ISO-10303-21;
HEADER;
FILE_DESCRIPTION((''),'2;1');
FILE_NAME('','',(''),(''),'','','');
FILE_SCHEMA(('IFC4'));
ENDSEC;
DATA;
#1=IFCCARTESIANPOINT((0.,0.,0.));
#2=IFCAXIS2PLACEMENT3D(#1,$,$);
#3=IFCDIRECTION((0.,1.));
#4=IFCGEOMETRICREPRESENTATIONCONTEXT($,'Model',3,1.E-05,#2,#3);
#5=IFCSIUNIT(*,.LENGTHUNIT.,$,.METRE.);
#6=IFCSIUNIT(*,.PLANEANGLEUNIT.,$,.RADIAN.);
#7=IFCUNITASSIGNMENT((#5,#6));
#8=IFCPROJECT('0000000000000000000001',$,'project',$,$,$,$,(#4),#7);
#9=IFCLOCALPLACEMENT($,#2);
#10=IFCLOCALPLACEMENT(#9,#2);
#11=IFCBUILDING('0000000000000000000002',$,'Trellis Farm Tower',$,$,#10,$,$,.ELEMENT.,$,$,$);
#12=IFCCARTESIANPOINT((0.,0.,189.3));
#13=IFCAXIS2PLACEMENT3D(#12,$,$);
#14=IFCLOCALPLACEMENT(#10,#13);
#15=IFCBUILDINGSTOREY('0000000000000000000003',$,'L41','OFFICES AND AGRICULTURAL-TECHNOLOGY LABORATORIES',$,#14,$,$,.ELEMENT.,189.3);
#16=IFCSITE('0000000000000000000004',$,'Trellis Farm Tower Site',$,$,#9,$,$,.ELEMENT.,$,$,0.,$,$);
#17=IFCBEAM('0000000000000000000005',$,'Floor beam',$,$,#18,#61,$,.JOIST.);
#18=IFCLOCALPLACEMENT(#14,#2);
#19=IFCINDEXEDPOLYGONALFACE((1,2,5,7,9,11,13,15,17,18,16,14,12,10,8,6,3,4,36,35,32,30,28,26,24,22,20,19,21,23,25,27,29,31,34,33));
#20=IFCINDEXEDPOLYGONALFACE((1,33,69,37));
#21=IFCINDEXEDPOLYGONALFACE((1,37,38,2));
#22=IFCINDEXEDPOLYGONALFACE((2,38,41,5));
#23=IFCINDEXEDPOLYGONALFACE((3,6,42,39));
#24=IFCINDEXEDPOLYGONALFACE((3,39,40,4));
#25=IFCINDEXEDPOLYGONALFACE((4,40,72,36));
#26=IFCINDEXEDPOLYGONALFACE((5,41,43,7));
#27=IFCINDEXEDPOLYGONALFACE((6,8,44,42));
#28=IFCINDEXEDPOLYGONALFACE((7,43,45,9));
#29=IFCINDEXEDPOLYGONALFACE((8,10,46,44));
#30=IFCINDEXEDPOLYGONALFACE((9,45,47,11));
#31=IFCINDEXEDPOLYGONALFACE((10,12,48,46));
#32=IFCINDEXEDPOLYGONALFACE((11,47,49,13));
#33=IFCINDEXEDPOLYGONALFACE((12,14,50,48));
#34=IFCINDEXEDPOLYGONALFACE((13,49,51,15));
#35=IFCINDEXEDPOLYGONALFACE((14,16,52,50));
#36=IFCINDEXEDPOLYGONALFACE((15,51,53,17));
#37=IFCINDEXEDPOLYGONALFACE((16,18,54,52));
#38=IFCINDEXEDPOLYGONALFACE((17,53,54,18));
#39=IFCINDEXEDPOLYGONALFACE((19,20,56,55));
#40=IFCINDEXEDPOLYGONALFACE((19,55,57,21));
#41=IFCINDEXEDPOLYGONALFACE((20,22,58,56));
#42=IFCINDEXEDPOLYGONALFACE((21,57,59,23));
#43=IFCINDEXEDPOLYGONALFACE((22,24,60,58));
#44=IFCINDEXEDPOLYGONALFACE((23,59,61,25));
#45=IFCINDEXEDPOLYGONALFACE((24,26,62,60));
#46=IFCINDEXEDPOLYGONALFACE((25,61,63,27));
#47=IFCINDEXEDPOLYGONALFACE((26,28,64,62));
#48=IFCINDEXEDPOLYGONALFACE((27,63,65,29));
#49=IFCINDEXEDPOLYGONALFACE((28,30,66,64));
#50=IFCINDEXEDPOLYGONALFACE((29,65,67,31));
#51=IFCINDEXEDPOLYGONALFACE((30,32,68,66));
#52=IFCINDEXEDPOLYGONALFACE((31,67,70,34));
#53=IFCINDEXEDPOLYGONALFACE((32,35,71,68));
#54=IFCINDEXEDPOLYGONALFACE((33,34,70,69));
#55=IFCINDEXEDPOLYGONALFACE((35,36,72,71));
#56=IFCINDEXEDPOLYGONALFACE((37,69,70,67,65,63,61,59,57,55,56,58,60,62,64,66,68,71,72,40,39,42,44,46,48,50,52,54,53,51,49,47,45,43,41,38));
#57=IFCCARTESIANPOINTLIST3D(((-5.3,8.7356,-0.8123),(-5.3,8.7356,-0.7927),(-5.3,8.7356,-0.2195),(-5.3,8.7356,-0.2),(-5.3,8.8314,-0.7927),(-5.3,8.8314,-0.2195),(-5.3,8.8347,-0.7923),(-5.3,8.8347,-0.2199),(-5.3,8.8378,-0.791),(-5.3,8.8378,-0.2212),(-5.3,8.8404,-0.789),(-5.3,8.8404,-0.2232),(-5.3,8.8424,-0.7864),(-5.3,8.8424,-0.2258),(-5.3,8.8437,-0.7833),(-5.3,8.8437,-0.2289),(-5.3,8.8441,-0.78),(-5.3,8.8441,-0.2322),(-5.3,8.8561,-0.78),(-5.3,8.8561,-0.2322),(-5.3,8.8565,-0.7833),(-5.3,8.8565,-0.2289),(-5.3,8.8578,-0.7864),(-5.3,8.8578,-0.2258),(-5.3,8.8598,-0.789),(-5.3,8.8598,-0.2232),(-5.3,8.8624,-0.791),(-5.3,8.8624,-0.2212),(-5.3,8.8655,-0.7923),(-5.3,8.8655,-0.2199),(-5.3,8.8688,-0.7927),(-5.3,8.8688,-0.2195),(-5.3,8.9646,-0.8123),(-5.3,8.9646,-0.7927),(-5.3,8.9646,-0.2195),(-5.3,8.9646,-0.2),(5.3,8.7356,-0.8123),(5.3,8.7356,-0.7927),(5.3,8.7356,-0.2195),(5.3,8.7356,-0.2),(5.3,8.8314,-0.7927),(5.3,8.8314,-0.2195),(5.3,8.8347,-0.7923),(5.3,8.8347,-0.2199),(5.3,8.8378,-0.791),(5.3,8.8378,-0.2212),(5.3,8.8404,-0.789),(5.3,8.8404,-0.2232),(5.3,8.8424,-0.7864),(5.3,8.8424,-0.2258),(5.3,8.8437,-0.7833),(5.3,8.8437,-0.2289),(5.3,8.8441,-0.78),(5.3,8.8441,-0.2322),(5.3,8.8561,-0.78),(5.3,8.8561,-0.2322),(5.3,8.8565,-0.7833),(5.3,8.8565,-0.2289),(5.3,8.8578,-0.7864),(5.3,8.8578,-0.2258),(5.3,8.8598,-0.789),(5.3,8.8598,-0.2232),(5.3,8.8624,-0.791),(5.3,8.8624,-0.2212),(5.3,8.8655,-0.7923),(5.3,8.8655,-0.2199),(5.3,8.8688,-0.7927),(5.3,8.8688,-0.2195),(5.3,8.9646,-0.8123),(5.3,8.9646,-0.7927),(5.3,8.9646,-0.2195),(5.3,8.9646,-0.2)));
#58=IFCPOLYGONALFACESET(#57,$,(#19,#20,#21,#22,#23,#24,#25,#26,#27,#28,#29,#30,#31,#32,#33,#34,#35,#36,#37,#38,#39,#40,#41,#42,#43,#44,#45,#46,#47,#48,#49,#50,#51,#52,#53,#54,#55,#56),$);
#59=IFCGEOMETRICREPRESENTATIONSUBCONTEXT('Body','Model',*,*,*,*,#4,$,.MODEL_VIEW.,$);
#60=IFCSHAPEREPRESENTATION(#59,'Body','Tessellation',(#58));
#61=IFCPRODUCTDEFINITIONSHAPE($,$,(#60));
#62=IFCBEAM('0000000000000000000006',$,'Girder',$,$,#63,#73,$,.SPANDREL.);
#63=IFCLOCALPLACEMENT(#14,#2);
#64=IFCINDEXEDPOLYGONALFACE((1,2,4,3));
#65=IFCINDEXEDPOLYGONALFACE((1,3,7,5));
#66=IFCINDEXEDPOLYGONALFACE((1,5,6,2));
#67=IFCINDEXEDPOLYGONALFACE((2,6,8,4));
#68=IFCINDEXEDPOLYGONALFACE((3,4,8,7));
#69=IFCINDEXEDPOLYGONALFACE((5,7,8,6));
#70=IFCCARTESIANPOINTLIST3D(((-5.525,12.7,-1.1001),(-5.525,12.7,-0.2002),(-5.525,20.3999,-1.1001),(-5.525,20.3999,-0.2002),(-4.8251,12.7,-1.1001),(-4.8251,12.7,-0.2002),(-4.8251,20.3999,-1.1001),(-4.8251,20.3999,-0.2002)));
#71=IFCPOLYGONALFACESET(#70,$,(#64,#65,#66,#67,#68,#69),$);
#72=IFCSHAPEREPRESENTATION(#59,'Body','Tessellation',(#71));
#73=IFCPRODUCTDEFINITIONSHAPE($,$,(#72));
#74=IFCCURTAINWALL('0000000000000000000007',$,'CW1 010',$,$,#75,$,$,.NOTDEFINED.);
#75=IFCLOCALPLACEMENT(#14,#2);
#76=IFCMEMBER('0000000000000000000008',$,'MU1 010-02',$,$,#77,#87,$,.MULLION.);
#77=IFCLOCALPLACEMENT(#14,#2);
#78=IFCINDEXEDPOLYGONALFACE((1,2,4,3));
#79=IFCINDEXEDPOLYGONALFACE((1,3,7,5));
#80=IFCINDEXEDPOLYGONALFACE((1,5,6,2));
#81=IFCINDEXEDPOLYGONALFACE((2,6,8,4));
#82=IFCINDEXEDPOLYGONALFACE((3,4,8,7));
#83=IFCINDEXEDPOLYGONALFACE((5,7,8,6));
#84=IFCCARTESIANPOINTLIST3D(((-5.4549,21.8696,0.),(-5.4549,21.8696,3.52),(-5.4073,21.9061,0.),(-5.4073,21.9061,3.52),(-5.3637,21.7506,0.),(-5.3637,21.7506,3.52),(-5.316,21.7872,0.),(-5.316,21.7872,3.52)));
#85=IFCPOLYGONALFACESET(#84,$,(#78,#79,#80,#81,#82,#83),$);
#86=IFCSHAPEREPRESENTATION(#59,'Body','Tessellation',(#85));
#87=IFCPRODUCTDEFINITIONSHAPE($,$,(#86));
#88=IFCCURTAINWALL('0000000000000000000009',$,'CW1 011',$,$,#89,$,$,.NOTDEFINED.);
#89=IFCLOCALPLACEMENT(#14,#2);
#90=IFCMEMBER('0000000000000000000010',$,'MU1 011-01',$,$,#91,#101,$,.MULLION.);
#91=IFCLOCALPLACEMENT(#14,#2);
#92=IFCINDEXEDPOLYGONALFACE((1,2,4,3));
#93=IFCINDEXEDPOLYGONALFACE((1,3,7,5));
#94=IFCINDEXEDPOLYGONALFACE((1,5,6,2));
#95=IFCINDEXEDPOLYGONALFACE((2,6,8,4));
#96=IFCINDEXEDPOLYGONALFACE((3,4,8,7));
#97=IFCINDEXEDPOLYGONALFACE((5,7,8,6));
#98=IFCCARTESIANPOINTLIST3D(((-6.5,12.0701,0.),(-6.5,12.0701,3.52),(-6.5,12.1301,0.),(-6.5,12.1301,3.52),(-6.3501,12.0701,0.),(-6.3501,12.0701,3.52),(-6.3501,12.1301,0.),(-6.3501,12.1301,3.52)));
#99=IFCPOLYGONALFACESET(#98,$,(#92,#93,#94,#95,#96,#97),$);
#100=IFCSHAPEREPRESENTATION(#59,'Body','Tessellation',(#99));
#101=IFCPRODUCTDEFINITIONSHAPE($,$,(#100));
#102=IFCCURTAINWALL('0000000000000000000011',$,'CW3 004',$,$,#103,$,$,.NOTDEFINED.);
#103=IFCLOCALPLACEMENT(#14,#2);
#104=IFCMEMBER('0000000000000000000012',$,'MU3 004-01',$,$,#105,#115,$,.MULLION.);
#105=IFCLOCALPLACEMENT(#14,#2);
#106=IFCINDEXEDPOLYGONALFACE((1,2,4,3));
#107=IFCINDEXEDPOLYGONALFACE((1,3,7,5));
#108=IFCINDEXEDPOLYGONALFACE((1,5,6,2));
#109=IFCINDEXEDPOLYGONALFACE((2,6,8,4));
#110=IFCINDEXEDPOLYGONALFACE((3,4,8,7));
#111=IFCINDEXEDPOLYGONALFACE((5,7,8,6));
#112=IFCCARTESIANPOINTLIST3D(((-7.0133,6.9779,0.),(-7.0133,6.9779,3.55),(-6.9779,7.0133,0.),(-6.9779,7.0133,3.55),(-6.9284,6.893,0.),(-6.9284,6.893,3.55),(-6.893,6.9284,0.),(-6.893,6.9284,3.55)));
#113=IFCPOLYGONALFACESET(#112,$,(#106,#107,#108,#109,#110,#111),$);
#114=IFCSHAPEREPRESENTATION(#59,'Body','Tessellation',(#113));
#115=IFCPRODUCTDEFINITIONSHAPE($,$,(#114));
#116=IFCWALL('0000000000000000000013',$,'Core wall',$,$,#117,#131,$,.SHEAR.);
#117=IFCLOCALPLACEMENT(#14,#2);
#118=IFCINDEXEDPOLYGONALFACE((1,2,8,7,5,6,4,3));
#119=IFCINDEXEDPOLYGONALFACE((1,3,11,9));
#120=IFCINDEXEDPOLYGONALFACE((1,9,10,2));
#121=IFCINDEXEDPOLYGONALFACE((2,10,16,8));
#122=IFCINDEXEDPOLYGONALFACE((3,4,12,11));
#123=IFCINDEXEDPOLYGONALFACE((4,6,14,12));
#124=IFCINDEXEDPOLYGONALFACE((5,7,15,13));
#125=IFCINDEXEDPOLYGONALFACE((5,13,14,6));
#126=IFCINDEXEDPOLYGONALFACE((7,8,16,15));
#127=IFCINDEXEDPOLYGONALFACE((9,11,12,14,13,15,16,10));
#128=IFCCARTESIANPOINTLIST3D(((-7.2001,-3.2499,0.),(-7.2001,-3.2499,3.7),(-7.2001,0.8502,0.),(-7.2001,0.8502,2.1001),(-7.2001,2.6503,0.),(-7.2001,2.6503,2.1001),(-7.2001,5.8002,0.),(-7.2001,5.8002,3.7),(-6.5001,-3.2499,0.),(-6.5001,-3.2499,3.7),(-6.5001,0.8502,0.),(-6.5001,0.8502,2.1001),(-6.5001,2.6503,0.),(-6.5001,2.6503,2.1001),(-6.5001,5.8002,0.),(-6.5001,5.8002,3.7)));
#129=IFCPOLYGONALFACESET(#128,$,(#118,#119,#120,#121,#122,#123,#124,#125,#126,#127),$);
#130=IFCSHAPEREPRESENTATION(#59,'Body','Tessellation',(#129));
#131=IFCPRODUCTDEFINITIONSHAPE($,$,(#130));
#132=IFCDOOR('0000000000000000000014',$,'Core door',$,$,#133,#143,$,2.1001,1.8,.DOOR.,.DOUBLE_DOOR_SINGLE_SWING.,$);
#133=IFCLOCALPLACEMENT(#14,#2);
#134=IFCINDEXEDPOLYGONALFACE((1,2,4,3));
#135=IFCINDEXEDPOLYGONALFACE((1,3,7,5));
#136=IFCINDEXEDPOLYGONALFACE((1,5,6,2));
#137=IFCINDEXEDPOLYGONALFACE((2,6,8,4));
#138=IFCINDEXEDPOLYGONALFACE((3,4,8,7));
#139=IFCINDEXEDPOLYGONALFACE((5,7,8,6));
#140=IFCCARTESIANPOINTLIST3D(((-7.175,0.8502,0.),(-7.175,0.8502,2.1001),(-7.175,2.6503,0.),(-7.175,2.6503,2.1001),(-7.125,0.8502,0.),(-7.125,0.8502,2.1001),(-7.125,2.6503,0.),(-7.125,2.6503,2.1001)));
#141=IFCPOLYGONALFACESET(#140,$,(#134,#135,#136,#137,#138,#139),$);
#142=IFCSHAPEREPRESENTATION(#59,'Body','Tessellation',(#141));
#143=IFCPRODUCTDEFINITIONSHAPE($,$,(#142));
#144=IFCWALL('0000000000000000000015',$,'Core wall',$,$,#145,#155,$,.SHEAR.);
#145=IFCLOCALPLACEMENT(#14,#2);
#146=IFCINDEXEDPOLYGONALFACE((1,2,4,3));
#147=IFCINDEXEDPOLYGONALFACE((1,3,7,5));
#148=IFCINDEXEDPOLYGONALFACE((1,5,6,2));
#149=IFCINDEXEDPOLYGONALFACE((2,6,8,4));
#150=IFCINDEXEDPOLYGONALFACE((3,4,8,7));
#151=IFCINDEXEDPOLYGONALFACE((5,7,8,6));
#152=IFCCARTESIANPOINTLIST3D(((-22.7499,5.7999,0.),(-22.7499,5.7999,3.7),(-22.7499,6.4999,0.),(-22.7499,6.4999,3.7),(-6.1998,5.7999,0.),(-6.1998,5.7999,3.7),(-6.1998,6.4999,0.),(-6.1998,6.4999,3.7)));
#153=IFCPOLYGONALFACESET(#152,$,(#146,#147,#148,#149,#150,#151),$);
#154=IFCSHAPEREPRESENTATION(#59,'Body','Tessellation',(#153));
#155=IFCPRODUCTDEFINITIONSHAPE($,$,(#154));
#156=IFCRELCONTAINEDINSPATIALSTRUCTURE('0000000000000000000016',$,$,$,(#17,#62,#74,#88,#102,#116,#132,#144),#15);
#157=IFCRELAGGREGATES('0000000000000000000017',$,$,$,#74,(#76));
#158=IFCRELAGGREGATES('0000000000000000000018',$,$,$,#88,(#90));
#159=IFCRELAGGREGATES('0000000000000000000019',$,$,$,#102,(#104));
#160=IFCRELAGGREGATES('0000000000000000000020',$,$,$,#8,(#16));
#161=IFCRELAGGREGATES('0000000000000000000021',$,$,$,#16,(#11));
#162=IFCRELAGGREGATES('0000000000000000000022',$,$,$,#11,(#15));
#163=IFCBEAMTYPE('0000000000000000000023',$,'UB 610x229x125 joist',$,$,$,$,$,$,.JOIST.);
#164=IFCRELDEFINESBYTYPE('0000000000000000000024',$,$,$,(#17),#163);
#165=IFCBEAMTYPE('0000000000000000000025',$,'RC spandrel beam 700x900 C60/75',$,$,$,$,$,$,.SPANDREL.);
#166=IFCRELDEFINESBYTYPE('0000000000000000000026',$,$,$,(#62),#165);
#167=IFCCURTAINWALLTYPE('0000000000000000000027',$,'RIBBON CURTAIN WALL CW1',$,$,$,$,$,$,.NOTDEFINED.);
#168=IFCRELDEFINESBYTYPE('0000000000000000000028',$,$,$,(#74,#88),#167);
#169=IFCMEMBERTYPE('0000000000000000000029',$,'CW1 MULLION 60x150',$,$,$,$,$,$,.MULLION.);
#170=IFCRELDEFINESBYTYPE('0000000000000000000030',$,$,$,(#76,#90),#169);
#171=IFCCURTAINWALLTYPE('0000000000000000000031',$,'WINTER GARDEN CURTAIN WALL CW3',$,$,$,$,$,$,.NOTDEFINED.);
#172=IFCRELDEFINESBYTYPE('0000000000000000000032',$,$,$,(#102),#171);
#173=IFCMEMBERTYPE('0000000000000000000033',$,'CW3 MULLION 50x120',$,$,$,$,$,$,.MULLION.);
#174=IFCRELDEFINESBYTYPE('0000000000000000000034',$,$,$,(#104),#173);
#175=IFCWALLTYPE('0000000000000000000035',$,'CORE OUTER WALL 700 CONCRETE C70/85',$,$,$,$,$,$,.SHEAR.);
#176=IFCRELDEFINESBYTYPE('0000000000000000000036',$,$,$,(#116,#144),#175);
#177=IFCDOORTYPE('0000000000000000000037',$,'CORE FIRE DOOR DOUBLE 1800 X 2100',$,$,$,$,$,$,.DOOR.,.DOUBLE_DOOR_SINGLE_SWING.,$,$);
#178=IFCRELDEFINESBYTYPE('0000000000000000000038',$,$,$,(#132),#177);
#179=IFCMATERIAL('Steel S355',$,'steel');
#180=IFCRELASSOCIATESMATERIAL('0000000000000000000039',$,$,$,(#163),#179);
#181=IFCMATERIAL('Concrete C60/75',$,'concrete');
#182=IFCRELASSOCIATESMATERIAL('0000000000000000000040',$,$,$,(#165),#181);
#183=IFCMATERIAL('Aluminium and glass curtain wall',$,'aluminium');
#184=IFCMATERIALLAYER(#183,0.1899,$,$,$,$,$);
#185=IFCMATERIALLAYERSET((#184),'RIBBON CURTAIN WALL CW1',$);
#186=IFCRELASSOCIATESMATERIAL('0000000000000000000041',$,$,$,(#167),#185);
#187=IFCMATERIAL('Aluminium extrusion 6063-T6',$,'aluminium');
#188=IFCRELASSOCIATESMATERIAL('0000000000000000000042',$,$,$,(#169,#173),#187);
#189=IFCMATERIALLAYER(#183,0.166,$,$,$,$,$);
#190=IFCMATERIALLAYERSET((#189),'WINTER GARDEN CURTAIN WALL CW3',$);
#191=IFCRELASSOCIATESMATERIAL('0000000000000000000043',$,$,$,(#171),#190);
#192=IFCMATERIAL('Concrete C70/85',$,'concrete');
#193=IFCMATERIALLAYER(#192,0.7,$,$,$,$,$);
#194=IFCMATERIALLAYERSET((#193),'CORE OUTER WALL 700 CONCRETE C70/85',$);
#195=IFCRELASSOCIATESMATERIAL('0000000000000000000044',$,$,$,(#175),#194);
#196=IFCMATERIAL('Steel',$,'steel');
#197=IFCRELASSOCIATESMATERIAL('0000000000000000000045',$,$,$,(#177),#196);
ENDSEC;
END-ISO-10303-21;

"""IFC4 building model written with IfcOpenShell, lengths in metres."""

from ifc_helpers import new_model, si_unit, direction, frame, frame_2d, origin, origin_2d, place, context, subcontext, project, spatial, rectangle, i_section, extrude, source, transform, mapped, material, layer, layer_set, material_profile, profile_set, type_object, element, fill, aggregate, save


model = new_model("IFC4")

# Units and contexts
model_context = context("Model", 3, precision=1e-05, world=origin(), true_north=direction((0.0, 1.0)))
body_context = subcontext(model_context, "Body", "Model", "MODEL_VIEW")
ifc_project = project(units=[si_unit("LENGTHUNIT", "METRE"), si_unit("PLANEANGLEUNIT", "RADIAN")], contexts=[model_context])

# Site, building, storey
site_placement = place(None, origin())
site = spatial("IfcSite", under=ifc_project, at=site_placement, Name="Trellis Farm Tower Site", CompositionType="ELEMENT", RefElevation=0.0)
building_placement = place(site_placement, origin())
building = spatial("IfcBuilding", under=site, at=building_placement, Name="Trellis Farm Tower", CompositionType="ELEMENT")
storey_placement = place(building_placement, frame((0.0, 0.0, 189.3)))
storey = spatial("IfcBuildingStorey", under=building, at=storey_placement, Name="L41", Description="OFFICES AND AGRICULTURAL-TECHNOLOGY LABORATORIES", CompositionType="ELEMENT", Elevation=189.3)

# Shared definitions
ifc_material_1 = material(Name="Concrete C70/85", Category="concrete")

# Beams
ifc_material_2 = material(Name="Concrete C60/75", Category="concrete")
ifc_material_3 = material(Name="Steel S355", Category="steel")
ifc_material_profile_1 = material_profile(ifc_material_3, i_section(OverallWidth=0.229, OverallDepth=0.6123, WebThickness=0.012, FlangeThickness=0.0195, FilletRadius=0.0127, at=origin_2d()), Name="UB 610x229x125")
ifc_profile_set_1 = profile_set([ifc_material_profile_1], Name="Steel S355")
beam_type_1 = type_object("IfcBeamType", Name="UB 610x229x125 joist", PredefinedType="JOIST", material=ifc_profile_set_1)
shared_shape_1 = source(origin(), body_context, "Body", "SweptSolid", [
    extrude(i_section(OverallWidth=0.229, OverallDepth=0.6123, WebThickness=0.012, FlangeThickness=0.0195, FilletRadius=0.0127, at=origin_2d()), origin(), (0.0, 0.0, 1.0), 10.6001),
])
beam_1_placement = place(storey_placement, frame((-5.3, 8.8501, -0.5061), z_axis=(1.0, 0.0, 0.0), x_axis=(0.0, 1.0, 0.0)))
element("IfcBeam", 1, at=beam_1_placement, inside=storey, type_object=beam_type_1, Name="Floor beam", PredefinedType="JOIST", context=body_context, shape_type="MappedRepresentation", body=[
    mapped(shared_shape_1, transform((0.0, 0.0, 0.0))),
])
ifc_material_profile_2 = material_profile(ifc_material_2, rectangle(XDim=0.7, YDim=0.8999, at=origin_2d()), Name="RC spandrel beam 700x900 C60/75")
ifc_profile_set_2 = profile_set([ifc_material_profile_2], Name="Concrete C60/75")
beam_type_2 = type_object("IfcBeamType", Name="RC spandrel beam 700x900 C60/75", PredefinedType="SPANDREL", material=ifc_profile_set_2)
shared_shape_2 = source(origin(), body_context, "Body", "SweptSolid", [
    extrude(rectangle(XDim=0.7, YDim=0.8999, at=origin_2d()), origin(), (0.0, 0.0, 1.0), 7.7),
])
beam_2_placement = place(storey_placement, frame((-5.175, 12.7, -0.6501), z_axis=(0.0, 1.0, 0.0), x_axis=(-1.0, 0.0, 0.0)))
element("IfcBeam", 2, at=beam_2_placement, inside=storey, type_object=beam_type_2, Name="Girder", PredefinedType="SPANDREL", context=body_context, shape_type="MappedRepresentation", body=[
    mapped(shared_shape_2, transform((0.0, 0.0, 0.0))),
])

# Curtain walls, members
ifc_material_4 = material(Name="Aluminium and glass curtain wall", Category="aluminium")
ifc_layer_1 = layer(ifc_material_4, 0.1899)
ifc_layer_set_1 = layer_set([ifc_layer_1], Name="RIBBON CURTAIN WALL CW1")
curtain_wall_type_1 = type_object("IfcCurtainWallType", Name="RIBBON CURTAIN WALL CW1", PredefinedType="NOTDEFINED", material=ifc_layer_set_1)
placement = place(storey_placement, origin())
curtain_wall_1 = element("IfcCurtainWall", 3, at=placement, inside=storey, type_object=curtain_wall_type_1, Name="CW1 010", PredefinedType="NOTDEFINED")
ifc_material_5 = material(Name="Aluminium extrusion 6063-T6", Category="aluminium")
ifc_material_profile_3 = material_profile(ifc_material_5, rectangle(XDim=0.0601, YDim=0.1499, at=origin_2d()), Name="MULLION 60x150")
ifc_profile_set_3 = profile_set([ifc_material_profile_3], Name="Aluminium extrusion 6063-T6")
member_type_1 = type_object("IfcMemberType", Name="CW1 MULLION 60x150", PredefinedType="MULLION", material=ifc_profile_set_3)
shared_shape_3 = source(origin(), body_context, "Body", "SweptSolid", [
    extrude(rectangle(XDim=0.0601, YDim=0.1499, at=origin_2d()), origin(), (0.0, 0.0, 1.0), 3.52),
])
member_1_placement = place(storey_placement, frame((-5.3855, 21.8284, 0.0), z_axis=(0.0, 0.0, 1.0), x_axis=(-0.793353, -0.608761, 0.0)))
member_1 = element("IfcMember", 4, at=member_1_placement, type_object=member_type_1, Name="MU1 010-02", PredefinedType="MULLION", context=body_context, shape_type="MappedRepresentation", body=[
    mapped(shared_shape_3, transform((0.0, 0.0, 0.0))),
])
aggregate(curtain_wall_1, [member_1])
curtain_wall_2 = element("IfcCurtainWall", 5, at=placement, inside=storey, type_object=curtain_wall_type_1, Name="CW1 011", PredefinedType="NOTDEFINED")
member_2_placement = place(storey_placement, frame((-6.425, 12.1001, 0.0), z_axis=(0.0, 0.0, 1.0), x_axis=(0.0, -1.0, 0.0)))
member_2 = element("IfcMember", 6, at=member_2_placement, type_object=member_type_1, Name="MU1 011-01", PredefinedType="MULLION", context=body_context, shape_type="MappedRepresentation", body=[
    mapped(shared_shape_3, transform((0.0, 0.0, 0.0))),
])
aggregate(curtain_wall_2, [member_2])
ifc_layer_2 = layer(ifc_material_4, 0.166)
ifc_layer_set_2 = layer_set([ifc_layer_2], Name="WINTER GARDEN CURTAIN WALL CW3")
curtain_wall_type_2 = type_object("IfcCurtainWallType", Name="WINTER GARDEN CURTAIN WALL CW3", PredefinedType="NOTDEFINED", material=ifc_layer_set_2)
curtain_wall_3 = element("IfcCurtainWall", 7, at=placement, inside=storey, type_object=curtain_wall_type_2, Name="CW3 004", PredefinedType="NOTDEFINED")
ifc_material_profile_4 = material_profile(ifc_material_5, rectangle(XDim=0.05, YDim=0.1201, at=origin_2d()), Name="MULLION 50x120")
ifc_profile_set_4 = profile_set([ifc_material_profile_4], Name="Aluminium extrusion 6063-T6")
member_type_2 = type_object("IfcMemberType", Name="CW3 MULLION 50x120", PredefinedType="MULLION", material=ifc_profile_set_4)
shared_shape_4 = source(origin(), body_context, "Body", "SweptSolid", [
    extrude(rectangle(XDim=0.05, YDim=0.1201, at=origin_2d()), origin(), (0.0, 0.0, 1.0), 3.55),
])
member_3_placement = place(storey_placement, frame((-6.9531, 6.9531, 0.0), z_axis=(0.0, 0.0, 1.0), x_axis=(-0.707107, -0.707107, 0.0)))
member_3 = element("IfcMember", 8, at=member_3_placement, type_object=member_type_2, Name="MU3 004-01", PredefinedType="MULLION", context=body_context, shape_type="MappedRepresentation", body=[
    mapped(shared_shape_4, transform((0.0, 0.0, 0.0))),
])
aggregate(curtain_wall_3, [member_3])

# Wall, opening, door
ifc_layer_3 = layer(ifc_material_1, 0.7)
ifc_layer_set_3 = layer_set([ifc_layer_3], Name="CORE OUTER WALL 700 CONCRETE C70/85")
wall_type_1 = type_object("IfcWallType", Name="CORE OUTER WALL 700 CONCRETE C70/85", PredefinedType="SHEAR", material=ifc_layer_set_3)
shared_shape_5 = source(origin(), body_context, "Body", "SweptSolid", [
    extrude(rectangle(XDim=9.05, YDim=0.7, at=frame_2d((4.5249, 0.0))), origin(), (0.0, 0.0, 1.0), 3.7),
])
wall_1_placement = place(storey_placement, frame((-6.8501, 5.8, 0.0), z_axis=(0.0, 0.0, 1.0), x_axis=(0.0, -1.0, 0.0)))
wall_1 = element("IfcWall", 9, at=wall_1_placement, inside=storey, type_object=wall_type_1, Name="Core wall", PredefinedType="SHEAR", context=body_context, shape_type="MappedRepresentation", body=[
    mapped(shared_shape_5, transform((0.0, 0.0, 0.0))),
])
shared_shape_6 = source(origin(), body_context, "Body", "SweptSolid", [
    extrude(rectangle(XDim=1.8, YDim=2.1001, at=frame_2d((0.8999, 1.05))), frame((0.0, 0.3601, 0.0), z_axis=(0.0, -1.0, 0.0), x_axis=(1.0, 0.0, 0.0)), (0.0, 0.0, 1.0), 0.7202),
])
opening_1_placement = place(wall_1_placement, frame((3.1499, 0.0, 0.0)))
opening_1 = element("IfcOpeningElement", 10, at=opening_1_placement, cuts=wall_1, PredefinedType="OPENING", context=body_context, shape_type="MappedRepresentation", body=[
    mapped(shared_shape_6, transform((0.0, 0.0, 0.0))),
])
ifc_material_6 = material(Name="Steel", Category="steel")
door_type_1 = type_object("IfcDoorType", Name="CORE FIRE DOOR DOUBLE 1800 X 2100", OperationType="DOUBLE_DOOR_SINGLE_SWING", PredefinedType="DOOR", material=ifc_material_6)
shared_shape_7 = source(origin(), body_context, "Body", "SweptSolid", [
    extrude(rectangle(XDim=1.8, YDim=2.1001, at=frame_2d((0.8999, 1.05))), frame((0.0, -0.2749, 0.0), z_axis=(0.0, -1.0, 0.0), x_axis=(1.0, 0.0, 0.0)), (0.0, 0.0, 1.0), 0.05),
])
door_1_placement = place(opening_1_placement, origin())
door_1 = element("IfcDoor", 11, at=door_1_placement, inside=storey, type_object=door_type_1, Name="Core door", OperationType="DOUBLE_DOOR_SINGLE_SWING", OverallHeight=2.1001, OverallWidth=1.8, PredefinedType="DOOR", context=body_context, shape_type="MappedRepresentation", body=[
    mapped(shared_shape_7, transform((0.0, 0.0, 0.0))),
])
fill(opening_1, door_1)

# Wall
shared_shape_8 = source(origin(), body_context, "Body", "SweptSolid", [
    extrude(rectangle(XDim=16.55, YDim=0.7, at=frame_2d((8.2749, 0.0))), origin(), (0.0, 0.0, 1.0), 3.7),
])
wall_2_placement = place(storey_placement, frame((-6.2, 6.1499, 0.0), z_axis=(0.0, 0.0, 1.0), x_axis=(-1.0, 0.0, 0.0)))
element("IfcWall", 12, at=wall_2_placement, inside=storey, type_object=wall_type_1, Name="Core wall", PredefinedType="SHEAR", context=body_context, shape_type="MappedRepresentation", body=[
    mapped(shared_shape_8, transform((0.0, 0.0, 0.0))),
])

save(model, "model.ifc")
